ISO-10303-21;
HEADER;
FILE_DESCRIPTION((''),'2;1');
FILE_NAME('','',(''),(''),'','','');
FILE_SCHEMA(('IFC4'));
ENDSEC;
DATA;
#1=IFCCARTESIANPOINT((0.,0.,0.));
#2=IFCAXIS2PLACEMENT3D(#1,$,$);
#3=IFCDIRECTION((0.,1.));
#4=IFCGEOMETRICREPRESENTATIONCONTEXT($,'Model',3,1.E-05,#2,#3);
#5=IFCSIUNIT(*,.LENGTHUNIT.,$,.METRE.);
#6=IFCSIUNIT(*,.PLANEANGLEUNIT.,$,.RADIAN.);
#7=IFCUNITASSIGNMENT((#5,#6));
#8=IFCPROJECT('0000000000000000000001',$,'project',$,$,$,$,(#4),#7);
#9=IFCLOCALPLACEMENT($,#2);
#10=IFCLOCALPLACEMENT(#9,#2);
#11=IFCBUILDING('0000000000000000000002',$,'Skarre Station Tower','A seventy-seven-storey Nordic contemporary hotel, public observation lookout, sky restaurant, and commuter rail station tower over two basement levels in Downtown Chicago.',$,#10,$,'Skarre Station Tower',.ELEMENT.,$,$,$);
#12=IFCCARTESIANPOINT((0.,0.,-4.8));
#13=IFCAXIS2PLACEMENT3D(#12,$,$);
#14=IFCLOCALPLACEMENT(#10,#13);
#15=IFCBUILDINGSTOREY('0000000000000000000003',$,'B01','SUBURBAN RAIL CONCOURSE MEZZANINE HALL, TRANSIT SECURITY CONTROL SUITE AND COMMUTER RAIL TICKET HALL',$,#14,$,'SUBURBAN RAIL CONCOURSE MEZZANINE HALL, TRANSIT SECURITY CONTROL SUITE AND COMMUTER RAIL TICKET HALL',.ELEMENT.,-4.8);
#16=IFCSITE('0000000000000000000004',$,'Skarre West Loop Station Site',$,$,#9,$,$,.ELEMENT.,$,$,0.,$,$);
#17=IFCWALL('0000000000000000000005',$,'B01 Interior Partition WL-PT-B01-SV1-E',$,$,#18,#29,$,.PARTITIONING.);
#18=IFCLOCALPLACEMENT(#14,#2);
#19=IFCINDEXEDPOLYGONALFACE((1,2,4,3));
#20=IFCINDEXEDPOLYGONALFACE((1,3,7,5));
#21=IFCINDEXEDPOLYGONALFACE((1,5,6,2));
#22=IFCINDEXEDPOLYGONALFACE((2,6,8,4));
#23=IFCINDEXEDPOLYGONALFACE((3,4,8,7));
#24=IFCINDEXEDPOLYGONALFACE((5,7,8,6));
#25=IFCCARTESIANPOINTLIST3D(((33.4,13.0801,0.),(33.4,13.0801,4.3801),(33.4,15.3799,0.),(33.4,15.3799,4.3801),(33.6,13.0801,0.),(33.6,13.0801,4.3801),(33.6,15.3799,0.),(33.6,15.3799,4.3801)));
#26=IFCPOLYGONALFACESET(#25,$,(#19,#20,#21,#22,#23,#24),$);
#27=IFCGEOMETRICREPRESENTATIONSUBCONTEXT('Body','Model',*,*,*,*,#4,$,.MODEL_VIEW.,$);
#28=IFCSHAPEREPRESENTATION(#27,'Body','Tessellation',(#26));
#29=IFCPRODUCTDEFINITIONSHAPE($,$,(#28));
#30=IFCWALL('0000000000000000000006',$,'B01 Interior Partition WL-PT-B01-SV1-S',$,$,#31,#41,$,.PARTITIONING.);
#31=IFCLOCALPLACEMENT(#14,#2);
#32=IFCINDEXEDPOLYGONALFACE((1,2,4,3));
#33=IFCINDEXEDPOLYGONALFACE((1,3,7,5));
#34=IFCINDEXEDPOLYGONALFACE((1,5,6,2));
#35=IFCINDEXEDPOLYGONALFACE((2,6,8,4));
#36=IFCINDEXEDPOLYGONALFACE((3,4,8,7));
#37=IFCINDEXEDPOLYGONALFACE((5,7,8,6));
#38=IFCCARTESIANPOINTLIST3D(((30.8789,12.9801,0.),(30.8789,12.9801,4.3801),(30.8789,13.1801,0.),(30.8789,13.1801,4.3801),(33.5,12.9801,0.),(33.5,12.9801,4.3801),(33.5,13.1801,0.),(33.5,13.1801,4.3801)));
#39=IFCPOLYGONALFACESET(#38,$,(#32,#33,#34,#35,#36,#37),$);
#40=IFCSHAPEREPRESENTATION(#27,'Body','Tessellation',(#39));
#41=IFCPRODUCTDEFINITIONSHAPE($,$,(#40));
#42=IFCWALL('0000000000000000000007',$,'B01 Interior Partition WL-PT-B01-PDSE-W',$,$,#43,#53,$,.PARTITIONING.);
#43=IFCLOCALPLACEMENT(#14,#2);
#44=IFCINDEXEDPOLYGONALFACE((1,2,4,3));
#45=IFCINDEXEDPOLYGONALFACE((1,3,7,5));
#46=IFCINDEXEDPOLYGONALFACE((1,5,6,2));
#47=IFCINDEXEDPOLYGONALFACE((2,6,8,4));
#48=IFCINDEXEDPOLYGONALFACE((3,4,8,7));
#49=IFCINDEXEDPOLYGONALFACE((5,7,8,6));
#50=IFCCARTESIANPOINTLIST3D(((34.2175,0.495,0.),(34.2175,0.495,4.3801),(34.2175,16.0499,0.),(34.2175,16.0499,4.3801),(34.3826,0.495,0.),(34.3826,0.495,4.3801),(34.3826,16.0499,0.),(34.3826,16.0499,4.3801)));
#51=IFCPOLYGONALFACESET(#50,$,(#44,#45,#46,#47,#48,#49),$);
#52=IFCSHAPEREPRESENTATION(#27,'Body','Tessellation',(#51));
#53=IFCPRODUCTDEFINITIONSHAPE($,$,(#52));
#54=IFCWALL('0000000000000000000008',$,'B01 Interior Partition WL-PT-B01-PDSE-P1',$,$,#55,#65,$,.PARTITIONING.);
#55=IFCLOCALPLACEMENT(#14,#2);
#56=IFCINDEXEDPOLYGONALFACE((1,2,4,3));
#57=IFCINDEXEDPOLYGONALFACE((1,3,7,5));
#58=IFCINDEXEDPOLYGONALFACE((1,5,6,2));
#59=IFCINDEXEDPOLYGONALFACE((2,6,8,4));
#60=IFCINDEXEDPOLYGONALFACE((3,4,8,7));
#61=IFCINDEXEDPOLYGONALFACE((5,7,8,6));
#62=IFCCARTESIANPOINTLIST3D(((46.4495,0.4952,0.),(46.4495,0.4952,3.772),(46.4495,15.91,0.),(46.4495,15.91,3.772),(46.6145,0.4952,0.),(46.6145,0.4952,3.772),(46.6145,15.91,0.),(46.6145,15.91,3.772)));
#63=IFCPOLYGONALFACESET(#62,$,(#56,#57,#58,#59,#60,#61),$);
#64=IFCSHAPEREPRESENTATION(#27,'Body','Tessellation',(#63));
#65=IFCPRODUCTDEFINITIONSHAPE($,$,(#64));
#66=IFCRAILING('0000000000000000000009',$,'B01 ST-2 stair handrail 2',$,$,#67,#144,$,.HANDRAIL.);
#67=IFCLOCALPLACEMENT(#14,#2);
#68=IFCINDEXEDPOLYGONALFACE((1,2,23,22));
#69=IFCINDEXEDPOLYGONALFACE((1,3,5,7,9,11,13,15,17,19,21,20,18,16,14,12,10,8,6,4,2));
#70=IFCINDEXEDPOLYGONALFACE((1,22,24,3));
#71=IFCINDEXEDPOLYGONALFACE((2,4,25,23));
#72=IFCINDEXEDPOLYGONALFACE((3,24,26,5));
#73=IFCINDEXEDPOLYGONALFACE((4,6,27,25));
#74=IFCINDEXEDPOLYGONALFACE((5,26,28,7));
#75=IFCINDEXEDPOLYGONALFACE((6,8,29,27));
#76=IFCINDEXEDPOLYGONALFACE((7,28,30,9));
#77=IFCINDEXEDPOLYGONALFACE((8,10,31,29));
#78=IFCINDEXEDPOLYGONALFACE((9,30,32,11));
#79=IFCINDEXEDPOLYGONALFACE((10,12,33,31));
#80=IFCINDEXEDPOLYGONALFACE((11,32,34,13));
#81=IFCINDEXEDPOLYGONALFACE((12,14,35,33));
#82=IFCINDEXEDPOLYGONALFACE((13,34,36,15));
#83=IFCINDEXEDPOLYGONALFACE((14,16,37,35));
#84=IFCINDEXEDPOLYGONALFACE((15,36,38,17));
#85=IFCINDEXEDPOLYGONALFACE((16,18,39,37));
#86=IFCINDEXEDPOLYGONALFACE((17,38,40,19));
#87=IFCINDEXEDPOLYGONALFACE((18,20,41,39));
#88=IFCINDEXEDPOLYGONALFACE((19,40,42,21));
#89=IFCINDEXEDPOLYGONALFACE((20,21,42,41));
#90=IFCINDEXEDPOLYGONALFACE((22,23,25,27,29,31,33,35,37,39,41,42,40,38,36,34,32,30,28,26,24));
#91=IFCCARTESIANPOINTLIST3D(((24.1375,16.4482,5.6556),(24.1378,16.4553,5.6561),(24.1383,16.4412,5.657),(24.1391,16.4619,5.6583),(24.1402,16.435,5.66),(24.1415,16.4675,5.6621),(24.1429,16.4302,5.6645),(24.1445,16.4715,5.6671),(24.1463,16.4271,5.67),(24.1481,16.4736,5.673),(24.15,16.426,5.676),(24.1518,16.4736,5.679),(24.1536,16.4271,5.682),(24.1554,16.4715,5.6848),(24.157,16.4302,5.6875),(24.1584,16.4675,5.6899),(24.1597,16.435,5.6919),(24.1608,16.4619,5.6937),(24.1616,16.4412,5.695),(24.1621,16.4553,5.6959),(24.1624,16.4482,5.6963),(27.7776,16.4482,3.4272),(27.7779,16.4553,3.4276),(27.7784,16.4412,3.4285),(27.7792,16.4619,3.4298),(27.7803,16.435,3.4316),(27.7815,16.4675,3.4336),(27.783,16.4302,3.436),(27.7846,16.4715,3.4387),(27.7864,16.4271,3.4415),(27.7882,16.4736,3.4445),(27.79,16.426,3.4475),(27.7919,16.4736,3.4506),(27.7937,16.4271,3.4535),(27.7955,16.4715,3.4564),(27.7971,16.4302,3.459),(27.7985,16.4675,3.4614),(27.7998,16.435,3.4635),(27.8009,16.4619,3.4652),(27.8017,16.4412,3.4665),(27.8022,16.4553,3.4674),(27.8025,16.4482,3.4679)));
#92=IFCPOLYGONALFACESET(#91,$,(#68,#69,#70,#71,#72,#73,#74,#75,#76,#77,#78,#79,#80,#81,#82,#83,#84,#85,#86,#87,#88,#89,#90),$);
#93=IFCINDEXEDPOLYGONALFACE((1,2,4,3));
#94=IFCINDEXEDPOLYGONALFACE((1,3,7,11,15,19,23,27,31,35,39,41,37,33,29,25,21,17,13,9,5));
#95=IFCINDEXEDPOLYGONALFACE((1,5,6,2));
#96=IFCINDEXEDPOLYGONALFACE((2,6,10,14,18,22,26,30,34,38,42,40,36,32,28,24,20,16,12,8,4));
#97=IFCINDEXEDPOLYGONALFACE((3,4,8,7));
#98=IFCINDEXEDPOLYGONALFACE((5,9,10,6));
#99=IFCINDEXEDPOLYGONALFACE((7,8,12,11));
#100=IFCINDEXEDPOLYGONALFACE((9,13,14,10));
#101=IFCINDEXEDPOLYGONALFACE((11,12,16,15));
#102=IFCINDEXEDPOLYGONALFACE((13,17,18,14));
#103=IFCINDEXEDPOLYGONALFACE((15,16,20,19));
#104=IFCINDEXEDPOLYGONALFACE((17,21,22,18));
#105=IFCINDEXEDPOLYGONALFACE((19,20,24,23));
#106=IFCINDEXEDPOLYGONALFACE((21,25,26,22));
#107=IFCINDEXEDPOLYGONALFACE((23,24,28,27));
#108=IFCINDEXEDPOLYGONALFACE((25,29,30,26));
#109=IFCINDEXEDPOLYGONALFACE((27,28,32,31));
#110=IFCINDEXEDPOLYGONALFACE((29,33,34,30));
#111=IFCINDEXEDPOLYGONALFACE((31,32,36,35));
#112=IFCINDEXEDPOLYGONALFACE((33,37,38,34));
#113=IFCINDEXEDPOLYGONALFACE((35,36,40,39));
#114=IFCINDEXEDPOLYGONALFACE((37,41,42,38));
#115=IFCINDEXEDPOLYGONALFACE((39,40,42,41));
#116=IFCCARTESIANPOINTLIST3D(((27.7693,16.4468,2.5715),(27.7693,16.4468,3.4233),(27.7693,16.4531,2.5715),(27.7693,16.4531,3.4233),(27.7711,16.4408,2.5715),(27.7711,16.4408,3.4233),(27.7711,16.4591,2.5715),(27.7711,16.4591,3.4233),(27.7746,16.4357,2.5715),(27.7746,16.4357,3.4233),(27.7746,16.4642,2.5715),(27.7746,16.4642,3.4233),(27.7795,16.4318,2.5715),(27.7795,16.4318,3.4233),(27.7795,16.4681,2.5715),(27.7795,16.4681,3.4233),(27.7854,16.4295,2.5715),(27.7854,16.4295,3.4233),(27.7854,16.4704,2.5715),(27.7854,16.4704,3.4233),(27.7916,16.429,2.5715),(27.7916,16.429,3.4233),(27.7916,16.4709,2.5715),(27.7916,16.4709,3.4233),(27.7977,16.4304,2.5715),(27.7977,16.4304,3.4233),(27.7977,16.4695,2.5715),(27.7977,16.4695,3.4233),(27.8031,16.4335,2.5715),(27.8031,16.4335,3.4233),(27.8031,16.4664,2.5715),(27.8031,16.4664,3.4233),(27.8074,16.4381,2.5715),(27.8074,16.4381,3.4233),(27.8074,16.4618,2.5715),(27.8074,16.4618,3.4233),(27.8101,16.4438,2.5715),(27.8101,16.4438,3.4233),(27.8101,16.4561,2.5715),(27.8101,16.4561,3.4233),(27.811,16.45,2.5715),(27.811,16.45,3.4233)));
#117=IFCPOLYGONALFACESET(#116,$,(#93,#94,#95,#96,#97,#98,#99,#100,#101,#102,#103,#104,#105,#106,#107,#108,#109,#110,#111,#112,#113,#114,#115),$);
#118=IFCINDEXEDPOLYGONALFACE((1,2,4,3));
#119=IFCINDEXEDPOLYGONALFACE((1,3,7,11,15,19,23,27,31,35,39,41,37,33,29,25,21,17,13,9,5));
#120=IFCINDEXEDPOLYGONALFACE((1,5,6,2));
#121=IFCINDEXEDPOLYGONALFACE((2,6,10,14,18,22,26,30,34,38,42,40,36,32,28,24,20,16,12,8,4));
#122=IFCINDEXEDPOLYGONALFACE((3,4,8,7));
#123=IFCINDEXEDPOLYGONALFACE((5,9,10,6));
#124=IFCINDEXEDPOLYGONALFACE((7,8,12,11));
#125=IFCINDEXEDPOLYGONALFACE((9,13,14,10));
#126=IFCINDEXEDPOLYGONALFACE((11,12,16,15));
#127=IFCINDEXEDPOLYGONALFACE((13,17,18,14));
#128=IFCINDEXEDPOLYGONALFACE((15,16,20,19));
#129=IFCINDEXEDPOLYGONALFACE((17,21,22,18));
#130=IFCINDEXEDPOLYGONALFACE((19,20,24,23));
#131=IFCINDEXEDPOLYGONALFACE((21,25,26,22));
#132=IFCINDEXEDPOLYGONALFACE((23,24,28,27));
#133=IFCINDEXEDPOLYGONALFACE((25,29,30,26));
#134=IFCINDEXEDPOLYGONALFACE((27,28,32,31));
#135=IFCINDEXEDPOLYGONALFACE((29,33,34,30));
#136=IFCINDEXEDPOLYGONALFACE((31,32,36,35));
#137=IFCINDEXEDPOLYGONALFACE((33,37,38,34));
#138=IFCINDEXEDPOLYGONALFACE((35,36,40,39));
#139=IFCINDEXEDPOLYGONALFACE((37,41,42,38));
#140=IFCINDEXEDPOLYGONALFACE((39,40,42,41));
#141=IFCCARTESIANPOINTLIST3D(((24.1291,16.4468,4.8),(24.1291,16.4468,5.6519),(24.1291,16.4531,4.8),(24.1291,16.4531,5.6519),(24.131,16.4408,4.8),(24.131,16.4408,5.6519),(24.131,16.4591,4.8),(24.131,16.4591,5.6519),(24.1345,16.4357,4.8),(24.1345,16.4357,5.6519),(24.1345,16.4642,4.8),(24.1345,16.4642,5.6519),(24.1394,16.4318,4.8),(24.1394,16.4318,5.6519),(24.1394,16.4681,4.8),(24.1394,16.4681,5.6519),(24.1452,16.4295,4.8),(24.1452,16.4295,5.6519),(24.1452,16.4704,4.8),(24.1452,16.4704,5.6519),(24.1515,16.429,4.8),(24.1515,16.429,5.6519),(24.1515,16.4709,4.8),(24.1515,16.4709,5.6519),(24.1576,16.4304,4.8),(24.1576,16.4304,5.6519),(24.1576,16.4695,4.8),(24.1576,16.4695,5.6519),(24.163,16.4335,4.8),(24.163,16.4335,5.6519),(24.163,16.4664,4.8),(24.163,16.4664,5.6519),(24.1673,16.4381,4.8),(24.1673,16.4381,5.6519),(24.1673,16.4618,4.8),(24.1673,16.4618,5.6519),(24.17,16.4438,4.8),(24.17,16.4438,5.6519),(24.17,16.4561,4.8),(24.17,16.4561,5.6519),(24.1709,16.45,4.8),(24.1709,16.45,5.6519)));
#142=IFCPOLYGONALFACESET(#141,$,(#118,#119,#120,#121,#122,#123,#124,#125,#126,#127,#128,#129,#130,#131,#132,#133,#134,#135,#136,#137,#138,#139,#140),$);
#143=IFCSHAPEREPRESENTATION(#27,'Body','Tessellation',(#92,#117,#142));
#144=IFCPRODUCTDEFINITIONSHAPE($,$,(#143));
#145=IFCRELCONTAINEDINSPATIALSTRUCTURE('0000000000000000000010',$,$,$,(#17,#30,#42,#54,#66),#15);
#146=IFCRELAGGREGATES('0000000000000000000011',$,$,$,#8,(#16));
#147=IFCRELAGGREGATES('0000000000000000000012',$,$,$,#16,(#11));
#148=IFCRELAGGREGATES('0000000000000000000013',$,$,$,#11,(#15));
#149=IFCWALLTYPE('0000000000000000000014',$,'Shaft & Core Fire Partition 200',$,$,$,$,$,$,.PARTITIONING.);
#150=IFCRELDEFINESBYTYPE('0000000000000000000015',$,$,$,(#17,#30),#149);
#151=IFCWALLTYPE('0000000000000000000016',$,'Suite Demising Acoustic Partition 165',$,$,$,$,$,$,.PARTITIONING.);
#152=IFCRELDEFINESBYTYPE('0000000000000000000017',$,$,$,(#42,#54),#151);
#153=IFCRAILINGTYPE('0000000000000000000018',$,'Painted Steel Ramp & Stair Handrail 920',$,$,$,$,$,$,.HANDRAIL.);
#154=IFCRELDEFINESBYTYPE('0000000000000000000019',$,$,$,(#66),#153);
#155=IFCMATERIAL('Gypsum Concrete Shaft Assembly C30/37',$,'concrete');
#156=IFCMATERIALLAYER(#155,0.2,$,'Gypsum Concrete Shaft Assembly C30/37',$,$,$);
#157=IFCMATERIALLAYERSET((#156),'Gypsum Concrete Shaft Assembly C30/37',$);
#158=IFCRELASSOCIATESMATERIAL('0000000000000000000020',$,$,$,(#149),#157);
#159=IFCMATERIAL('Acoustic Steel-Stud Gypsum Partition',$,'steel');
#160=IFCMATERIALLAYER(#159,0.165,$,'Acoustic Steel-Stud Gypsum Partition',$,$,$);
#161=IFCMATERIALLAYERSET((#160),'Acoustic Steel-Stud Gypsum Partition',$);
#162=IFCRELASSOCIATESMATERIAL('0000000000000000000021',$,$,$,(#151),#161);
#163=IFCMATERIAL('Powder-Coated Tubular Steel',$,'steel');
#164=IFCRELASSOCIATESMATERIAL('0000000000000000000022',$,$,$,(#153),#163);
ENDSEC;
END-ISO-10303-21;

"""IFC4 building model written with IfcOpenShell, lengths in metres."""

from ifc_helpers import new_model, si_unit, direction, frame, frame_2d, origin, origin_2d, place, context, subcontext, project, spatial, rectangle, circle, extrude, material, layer, layer_set, type_object, element, save


model = new_model("IFC4")

# Units and contexts
model_context = context("Model", 3, precision=1e-05, world=origin(), true_north=direction((0.0, 1.0)))
body_context = subcontext(model_context, "Body", "Model", "MODEL_VIEW")
ifc_project = project(units=[si_unit("LENGTHUNIT", "METRE"), si_unit("PLANEANGLEUNIT", "RADIAN")], contexts=[model_context])

# Site, building, storey
site_placement = place(None, origin())
site = spatial("IfcSite", under=ifc_project, at=site_placement, Name="Skarre West Loop Station Site", CompositionType="ELEMENT", RefElevation=0.0)
building_placement = place(site_placement, origin())
building = spatial("IfcBuilding", under=site, at=building_placement, Name="Skarre Station Tower", Description="A seventy-seven-storey Nordic contemporary hotel, public observation lookout, sky restaurant, and commuter rail station tower over two basement levels in Downtown Chicago.", LongName="Skarre Station Tower", CompositionType="ELEMENT")
storey_placement = place(building_placement, frame((0.0, 0.0, -4.8)))
storey = spatial("IfcBuildingStorey", under=building, at=storey_placement, Name="B01", Description="SUBURBAN RAIL CONCOURSE MEZZANINE HALL, TRANSIT SECURITY CONTROL SUITE AND COMMUTER RAIL TICKET HALL", LongName="SUBURBAN RAIL CONCOURSE MEZZANINE HALL, TRANSIT SECURITY CONTROL SUITE AND COMMUTER RAIL TICKET HALL", CompositionType="ELEMENT", Elevation=-4.8)

# Shared definitions
ifc_material_1 = material(Name="Acoustic Steel-Stud Gypsum Partition", Category="steel")

# Shared definitions
ifc_material_2 = material(Name="Gypsum Concrete Shaft Assembly C30/37", Category="concrete")
ifc_layer_1 = layer(ifc_material_2, 0.2, Name="Gypsum Concrete Shaft Assembly C30/37")
ifc_layer_set_1 = layer_set([ifc_layer_1], Name="Gypsum Concrete Shaft Assembly C30/37")
wall_type_1 = type_object("IfcWallType", Name="Shaft & Core Fire Partition 200", PredefinedType="PARTITIONING", material=ifc_layer_set_1)

# Walls
wall_1_placement = place(storey_placement, frame((33.5, 13.0801, 0.0), z_axis=(0.0, 0.0, 1.0), x_axis=(0.0, 1.0, 0.0)))
element("IfcWall", 1, at=wall_1_placement, inside=storey, type_object=wall_type_1, Name="B01 Interior Partition WL-PT-B01-SV1-E", PredefinedType="PARTITIONING", context=body_context, shape_type="SweptSolid", body=[
    extrude(rectangle(XDim=2.2998, YDim=0.2, at=frame_2d((1.1499, 0.0))), origin(), (0.0, 0.0, 1.0), 4.3801),
])
wall_2_placement = place(storey_placement, frame((30.8789, 13.0801, 0.0), z_axis=(0.0, 0.0, 1.0), x_axis=(1.0, 0.0, 0.0)))
element("IfcWall", 2, at=wall_2_placement, inside=storey, type_object=wall_type_1, Name="B01 Interior Partition WL-PT-B01-SV1-S", PredefinedType="PARTITIONING", context=body_context, shape_type="SweptSolid", body=[
    extrude(rectangle(XDim=2.6211, YDim=0.2, at=frame_2d((1.3105, 0.0))), origin(), (0.0, 0.0, 1.0), 4.3801),
])
ifc_layer_2 = layer(ifc_material_1, 0.165, Name="Acoustic Steel-Stud Gypsum Partition")
ifc_layer_set_2 = layer_set([ifc_layer_2], Name="Acoustic Steel-Stud Gypsum Partition")
wall_type_2 = type_object("IfcWallType", Name="Suite Demising Acoustic Partition 165", PredefinedType="PARTITIONING", material=ifc_layer_set_2)
wall_3_placement = place(storey_placement, frame((34.3, 0.4951, 0.0), z_axis=(0.0, 0.0, 1.0), x_axis=(0.0, 1.0, 0.0)))
element("IfcWall", 3, at=wall_3_placement, inside=storey, type_object=wall_type_2, Name="B01 Interior Partition WL-PT-B01-PDSE-W", PredefinedType="PARTITIONING", context=body_context, shape_type="SweptSolid", body=[
    extrude(rectangle(XDim=15.5549, YDim=0.165, at=frame_2d((7.7773, 0.0))), origin(), (0.0, 0.0, 1.0), 4.3801),
])
wall_4_placement = place(storey_placement, frame((46.532, 0.4951, 0.0), z_axis=(0.0, 0.0, 1.0), x_axis=(0.0, 1.0, 0.0)))
element("IfcWall", 4, at=wall_4_placement, inside=storey, type_object=wall_type_2, Name="B01 Interior Partition WL-PT-B01-PDSE-P1", PredefinedType="PARTITIONING", context=body_context, shape_type="SweptSolid", body=[
    extrude(rectangle(XDim=15.4148, YDim=0.165, at=frame_2d((7.7075, 0.0))), origin(), (0.0, 0.0, 1.0), 3.772),
])

# Railing
ifc_material_3 = material(Name="Powder-Coated Tubular Steel", Category="steel")
railing_type_1 = type_object("IfcRailingType", Name="Painted Steel Ramp & Stair Handrail 920", PredefinedType="HANDRAIL", material=ifc_material_3)
railing_1_placement = place(storey_placement, frame((27.79, 16.45, 2.5715)))
element("IfcRailing", 5, at=railing_1_placement, inside=storey, type_object=railing_type_1, Name="B01 ST-2 stair handrail 2", PredefinedType="HANDRAIL", context=body_context, shape_type="SweptSolid", body=[
    extrude(circle(Radius=0.0239, at=origin_2d()), frame((0.0, 0.0, 0.876), z_axis=(-0.852866, 0.0, 0.52213), x_axis=(0.0, -1.0, 0.0)), (0.0, 0.0, 1.0), 4.2681),
    extrude(circle(Radius=0.021, at=origin_2d()), origin(), (0.0, 0.0, 1.0), 0.8518),
    extrude(circle(Radius=0.021, at=origin_2d()), frame((-3.6401, 0.0, 2.2285)), (0.0, 0.0, 1.0), 0.8518),
])

save(model, "model.ifc")
